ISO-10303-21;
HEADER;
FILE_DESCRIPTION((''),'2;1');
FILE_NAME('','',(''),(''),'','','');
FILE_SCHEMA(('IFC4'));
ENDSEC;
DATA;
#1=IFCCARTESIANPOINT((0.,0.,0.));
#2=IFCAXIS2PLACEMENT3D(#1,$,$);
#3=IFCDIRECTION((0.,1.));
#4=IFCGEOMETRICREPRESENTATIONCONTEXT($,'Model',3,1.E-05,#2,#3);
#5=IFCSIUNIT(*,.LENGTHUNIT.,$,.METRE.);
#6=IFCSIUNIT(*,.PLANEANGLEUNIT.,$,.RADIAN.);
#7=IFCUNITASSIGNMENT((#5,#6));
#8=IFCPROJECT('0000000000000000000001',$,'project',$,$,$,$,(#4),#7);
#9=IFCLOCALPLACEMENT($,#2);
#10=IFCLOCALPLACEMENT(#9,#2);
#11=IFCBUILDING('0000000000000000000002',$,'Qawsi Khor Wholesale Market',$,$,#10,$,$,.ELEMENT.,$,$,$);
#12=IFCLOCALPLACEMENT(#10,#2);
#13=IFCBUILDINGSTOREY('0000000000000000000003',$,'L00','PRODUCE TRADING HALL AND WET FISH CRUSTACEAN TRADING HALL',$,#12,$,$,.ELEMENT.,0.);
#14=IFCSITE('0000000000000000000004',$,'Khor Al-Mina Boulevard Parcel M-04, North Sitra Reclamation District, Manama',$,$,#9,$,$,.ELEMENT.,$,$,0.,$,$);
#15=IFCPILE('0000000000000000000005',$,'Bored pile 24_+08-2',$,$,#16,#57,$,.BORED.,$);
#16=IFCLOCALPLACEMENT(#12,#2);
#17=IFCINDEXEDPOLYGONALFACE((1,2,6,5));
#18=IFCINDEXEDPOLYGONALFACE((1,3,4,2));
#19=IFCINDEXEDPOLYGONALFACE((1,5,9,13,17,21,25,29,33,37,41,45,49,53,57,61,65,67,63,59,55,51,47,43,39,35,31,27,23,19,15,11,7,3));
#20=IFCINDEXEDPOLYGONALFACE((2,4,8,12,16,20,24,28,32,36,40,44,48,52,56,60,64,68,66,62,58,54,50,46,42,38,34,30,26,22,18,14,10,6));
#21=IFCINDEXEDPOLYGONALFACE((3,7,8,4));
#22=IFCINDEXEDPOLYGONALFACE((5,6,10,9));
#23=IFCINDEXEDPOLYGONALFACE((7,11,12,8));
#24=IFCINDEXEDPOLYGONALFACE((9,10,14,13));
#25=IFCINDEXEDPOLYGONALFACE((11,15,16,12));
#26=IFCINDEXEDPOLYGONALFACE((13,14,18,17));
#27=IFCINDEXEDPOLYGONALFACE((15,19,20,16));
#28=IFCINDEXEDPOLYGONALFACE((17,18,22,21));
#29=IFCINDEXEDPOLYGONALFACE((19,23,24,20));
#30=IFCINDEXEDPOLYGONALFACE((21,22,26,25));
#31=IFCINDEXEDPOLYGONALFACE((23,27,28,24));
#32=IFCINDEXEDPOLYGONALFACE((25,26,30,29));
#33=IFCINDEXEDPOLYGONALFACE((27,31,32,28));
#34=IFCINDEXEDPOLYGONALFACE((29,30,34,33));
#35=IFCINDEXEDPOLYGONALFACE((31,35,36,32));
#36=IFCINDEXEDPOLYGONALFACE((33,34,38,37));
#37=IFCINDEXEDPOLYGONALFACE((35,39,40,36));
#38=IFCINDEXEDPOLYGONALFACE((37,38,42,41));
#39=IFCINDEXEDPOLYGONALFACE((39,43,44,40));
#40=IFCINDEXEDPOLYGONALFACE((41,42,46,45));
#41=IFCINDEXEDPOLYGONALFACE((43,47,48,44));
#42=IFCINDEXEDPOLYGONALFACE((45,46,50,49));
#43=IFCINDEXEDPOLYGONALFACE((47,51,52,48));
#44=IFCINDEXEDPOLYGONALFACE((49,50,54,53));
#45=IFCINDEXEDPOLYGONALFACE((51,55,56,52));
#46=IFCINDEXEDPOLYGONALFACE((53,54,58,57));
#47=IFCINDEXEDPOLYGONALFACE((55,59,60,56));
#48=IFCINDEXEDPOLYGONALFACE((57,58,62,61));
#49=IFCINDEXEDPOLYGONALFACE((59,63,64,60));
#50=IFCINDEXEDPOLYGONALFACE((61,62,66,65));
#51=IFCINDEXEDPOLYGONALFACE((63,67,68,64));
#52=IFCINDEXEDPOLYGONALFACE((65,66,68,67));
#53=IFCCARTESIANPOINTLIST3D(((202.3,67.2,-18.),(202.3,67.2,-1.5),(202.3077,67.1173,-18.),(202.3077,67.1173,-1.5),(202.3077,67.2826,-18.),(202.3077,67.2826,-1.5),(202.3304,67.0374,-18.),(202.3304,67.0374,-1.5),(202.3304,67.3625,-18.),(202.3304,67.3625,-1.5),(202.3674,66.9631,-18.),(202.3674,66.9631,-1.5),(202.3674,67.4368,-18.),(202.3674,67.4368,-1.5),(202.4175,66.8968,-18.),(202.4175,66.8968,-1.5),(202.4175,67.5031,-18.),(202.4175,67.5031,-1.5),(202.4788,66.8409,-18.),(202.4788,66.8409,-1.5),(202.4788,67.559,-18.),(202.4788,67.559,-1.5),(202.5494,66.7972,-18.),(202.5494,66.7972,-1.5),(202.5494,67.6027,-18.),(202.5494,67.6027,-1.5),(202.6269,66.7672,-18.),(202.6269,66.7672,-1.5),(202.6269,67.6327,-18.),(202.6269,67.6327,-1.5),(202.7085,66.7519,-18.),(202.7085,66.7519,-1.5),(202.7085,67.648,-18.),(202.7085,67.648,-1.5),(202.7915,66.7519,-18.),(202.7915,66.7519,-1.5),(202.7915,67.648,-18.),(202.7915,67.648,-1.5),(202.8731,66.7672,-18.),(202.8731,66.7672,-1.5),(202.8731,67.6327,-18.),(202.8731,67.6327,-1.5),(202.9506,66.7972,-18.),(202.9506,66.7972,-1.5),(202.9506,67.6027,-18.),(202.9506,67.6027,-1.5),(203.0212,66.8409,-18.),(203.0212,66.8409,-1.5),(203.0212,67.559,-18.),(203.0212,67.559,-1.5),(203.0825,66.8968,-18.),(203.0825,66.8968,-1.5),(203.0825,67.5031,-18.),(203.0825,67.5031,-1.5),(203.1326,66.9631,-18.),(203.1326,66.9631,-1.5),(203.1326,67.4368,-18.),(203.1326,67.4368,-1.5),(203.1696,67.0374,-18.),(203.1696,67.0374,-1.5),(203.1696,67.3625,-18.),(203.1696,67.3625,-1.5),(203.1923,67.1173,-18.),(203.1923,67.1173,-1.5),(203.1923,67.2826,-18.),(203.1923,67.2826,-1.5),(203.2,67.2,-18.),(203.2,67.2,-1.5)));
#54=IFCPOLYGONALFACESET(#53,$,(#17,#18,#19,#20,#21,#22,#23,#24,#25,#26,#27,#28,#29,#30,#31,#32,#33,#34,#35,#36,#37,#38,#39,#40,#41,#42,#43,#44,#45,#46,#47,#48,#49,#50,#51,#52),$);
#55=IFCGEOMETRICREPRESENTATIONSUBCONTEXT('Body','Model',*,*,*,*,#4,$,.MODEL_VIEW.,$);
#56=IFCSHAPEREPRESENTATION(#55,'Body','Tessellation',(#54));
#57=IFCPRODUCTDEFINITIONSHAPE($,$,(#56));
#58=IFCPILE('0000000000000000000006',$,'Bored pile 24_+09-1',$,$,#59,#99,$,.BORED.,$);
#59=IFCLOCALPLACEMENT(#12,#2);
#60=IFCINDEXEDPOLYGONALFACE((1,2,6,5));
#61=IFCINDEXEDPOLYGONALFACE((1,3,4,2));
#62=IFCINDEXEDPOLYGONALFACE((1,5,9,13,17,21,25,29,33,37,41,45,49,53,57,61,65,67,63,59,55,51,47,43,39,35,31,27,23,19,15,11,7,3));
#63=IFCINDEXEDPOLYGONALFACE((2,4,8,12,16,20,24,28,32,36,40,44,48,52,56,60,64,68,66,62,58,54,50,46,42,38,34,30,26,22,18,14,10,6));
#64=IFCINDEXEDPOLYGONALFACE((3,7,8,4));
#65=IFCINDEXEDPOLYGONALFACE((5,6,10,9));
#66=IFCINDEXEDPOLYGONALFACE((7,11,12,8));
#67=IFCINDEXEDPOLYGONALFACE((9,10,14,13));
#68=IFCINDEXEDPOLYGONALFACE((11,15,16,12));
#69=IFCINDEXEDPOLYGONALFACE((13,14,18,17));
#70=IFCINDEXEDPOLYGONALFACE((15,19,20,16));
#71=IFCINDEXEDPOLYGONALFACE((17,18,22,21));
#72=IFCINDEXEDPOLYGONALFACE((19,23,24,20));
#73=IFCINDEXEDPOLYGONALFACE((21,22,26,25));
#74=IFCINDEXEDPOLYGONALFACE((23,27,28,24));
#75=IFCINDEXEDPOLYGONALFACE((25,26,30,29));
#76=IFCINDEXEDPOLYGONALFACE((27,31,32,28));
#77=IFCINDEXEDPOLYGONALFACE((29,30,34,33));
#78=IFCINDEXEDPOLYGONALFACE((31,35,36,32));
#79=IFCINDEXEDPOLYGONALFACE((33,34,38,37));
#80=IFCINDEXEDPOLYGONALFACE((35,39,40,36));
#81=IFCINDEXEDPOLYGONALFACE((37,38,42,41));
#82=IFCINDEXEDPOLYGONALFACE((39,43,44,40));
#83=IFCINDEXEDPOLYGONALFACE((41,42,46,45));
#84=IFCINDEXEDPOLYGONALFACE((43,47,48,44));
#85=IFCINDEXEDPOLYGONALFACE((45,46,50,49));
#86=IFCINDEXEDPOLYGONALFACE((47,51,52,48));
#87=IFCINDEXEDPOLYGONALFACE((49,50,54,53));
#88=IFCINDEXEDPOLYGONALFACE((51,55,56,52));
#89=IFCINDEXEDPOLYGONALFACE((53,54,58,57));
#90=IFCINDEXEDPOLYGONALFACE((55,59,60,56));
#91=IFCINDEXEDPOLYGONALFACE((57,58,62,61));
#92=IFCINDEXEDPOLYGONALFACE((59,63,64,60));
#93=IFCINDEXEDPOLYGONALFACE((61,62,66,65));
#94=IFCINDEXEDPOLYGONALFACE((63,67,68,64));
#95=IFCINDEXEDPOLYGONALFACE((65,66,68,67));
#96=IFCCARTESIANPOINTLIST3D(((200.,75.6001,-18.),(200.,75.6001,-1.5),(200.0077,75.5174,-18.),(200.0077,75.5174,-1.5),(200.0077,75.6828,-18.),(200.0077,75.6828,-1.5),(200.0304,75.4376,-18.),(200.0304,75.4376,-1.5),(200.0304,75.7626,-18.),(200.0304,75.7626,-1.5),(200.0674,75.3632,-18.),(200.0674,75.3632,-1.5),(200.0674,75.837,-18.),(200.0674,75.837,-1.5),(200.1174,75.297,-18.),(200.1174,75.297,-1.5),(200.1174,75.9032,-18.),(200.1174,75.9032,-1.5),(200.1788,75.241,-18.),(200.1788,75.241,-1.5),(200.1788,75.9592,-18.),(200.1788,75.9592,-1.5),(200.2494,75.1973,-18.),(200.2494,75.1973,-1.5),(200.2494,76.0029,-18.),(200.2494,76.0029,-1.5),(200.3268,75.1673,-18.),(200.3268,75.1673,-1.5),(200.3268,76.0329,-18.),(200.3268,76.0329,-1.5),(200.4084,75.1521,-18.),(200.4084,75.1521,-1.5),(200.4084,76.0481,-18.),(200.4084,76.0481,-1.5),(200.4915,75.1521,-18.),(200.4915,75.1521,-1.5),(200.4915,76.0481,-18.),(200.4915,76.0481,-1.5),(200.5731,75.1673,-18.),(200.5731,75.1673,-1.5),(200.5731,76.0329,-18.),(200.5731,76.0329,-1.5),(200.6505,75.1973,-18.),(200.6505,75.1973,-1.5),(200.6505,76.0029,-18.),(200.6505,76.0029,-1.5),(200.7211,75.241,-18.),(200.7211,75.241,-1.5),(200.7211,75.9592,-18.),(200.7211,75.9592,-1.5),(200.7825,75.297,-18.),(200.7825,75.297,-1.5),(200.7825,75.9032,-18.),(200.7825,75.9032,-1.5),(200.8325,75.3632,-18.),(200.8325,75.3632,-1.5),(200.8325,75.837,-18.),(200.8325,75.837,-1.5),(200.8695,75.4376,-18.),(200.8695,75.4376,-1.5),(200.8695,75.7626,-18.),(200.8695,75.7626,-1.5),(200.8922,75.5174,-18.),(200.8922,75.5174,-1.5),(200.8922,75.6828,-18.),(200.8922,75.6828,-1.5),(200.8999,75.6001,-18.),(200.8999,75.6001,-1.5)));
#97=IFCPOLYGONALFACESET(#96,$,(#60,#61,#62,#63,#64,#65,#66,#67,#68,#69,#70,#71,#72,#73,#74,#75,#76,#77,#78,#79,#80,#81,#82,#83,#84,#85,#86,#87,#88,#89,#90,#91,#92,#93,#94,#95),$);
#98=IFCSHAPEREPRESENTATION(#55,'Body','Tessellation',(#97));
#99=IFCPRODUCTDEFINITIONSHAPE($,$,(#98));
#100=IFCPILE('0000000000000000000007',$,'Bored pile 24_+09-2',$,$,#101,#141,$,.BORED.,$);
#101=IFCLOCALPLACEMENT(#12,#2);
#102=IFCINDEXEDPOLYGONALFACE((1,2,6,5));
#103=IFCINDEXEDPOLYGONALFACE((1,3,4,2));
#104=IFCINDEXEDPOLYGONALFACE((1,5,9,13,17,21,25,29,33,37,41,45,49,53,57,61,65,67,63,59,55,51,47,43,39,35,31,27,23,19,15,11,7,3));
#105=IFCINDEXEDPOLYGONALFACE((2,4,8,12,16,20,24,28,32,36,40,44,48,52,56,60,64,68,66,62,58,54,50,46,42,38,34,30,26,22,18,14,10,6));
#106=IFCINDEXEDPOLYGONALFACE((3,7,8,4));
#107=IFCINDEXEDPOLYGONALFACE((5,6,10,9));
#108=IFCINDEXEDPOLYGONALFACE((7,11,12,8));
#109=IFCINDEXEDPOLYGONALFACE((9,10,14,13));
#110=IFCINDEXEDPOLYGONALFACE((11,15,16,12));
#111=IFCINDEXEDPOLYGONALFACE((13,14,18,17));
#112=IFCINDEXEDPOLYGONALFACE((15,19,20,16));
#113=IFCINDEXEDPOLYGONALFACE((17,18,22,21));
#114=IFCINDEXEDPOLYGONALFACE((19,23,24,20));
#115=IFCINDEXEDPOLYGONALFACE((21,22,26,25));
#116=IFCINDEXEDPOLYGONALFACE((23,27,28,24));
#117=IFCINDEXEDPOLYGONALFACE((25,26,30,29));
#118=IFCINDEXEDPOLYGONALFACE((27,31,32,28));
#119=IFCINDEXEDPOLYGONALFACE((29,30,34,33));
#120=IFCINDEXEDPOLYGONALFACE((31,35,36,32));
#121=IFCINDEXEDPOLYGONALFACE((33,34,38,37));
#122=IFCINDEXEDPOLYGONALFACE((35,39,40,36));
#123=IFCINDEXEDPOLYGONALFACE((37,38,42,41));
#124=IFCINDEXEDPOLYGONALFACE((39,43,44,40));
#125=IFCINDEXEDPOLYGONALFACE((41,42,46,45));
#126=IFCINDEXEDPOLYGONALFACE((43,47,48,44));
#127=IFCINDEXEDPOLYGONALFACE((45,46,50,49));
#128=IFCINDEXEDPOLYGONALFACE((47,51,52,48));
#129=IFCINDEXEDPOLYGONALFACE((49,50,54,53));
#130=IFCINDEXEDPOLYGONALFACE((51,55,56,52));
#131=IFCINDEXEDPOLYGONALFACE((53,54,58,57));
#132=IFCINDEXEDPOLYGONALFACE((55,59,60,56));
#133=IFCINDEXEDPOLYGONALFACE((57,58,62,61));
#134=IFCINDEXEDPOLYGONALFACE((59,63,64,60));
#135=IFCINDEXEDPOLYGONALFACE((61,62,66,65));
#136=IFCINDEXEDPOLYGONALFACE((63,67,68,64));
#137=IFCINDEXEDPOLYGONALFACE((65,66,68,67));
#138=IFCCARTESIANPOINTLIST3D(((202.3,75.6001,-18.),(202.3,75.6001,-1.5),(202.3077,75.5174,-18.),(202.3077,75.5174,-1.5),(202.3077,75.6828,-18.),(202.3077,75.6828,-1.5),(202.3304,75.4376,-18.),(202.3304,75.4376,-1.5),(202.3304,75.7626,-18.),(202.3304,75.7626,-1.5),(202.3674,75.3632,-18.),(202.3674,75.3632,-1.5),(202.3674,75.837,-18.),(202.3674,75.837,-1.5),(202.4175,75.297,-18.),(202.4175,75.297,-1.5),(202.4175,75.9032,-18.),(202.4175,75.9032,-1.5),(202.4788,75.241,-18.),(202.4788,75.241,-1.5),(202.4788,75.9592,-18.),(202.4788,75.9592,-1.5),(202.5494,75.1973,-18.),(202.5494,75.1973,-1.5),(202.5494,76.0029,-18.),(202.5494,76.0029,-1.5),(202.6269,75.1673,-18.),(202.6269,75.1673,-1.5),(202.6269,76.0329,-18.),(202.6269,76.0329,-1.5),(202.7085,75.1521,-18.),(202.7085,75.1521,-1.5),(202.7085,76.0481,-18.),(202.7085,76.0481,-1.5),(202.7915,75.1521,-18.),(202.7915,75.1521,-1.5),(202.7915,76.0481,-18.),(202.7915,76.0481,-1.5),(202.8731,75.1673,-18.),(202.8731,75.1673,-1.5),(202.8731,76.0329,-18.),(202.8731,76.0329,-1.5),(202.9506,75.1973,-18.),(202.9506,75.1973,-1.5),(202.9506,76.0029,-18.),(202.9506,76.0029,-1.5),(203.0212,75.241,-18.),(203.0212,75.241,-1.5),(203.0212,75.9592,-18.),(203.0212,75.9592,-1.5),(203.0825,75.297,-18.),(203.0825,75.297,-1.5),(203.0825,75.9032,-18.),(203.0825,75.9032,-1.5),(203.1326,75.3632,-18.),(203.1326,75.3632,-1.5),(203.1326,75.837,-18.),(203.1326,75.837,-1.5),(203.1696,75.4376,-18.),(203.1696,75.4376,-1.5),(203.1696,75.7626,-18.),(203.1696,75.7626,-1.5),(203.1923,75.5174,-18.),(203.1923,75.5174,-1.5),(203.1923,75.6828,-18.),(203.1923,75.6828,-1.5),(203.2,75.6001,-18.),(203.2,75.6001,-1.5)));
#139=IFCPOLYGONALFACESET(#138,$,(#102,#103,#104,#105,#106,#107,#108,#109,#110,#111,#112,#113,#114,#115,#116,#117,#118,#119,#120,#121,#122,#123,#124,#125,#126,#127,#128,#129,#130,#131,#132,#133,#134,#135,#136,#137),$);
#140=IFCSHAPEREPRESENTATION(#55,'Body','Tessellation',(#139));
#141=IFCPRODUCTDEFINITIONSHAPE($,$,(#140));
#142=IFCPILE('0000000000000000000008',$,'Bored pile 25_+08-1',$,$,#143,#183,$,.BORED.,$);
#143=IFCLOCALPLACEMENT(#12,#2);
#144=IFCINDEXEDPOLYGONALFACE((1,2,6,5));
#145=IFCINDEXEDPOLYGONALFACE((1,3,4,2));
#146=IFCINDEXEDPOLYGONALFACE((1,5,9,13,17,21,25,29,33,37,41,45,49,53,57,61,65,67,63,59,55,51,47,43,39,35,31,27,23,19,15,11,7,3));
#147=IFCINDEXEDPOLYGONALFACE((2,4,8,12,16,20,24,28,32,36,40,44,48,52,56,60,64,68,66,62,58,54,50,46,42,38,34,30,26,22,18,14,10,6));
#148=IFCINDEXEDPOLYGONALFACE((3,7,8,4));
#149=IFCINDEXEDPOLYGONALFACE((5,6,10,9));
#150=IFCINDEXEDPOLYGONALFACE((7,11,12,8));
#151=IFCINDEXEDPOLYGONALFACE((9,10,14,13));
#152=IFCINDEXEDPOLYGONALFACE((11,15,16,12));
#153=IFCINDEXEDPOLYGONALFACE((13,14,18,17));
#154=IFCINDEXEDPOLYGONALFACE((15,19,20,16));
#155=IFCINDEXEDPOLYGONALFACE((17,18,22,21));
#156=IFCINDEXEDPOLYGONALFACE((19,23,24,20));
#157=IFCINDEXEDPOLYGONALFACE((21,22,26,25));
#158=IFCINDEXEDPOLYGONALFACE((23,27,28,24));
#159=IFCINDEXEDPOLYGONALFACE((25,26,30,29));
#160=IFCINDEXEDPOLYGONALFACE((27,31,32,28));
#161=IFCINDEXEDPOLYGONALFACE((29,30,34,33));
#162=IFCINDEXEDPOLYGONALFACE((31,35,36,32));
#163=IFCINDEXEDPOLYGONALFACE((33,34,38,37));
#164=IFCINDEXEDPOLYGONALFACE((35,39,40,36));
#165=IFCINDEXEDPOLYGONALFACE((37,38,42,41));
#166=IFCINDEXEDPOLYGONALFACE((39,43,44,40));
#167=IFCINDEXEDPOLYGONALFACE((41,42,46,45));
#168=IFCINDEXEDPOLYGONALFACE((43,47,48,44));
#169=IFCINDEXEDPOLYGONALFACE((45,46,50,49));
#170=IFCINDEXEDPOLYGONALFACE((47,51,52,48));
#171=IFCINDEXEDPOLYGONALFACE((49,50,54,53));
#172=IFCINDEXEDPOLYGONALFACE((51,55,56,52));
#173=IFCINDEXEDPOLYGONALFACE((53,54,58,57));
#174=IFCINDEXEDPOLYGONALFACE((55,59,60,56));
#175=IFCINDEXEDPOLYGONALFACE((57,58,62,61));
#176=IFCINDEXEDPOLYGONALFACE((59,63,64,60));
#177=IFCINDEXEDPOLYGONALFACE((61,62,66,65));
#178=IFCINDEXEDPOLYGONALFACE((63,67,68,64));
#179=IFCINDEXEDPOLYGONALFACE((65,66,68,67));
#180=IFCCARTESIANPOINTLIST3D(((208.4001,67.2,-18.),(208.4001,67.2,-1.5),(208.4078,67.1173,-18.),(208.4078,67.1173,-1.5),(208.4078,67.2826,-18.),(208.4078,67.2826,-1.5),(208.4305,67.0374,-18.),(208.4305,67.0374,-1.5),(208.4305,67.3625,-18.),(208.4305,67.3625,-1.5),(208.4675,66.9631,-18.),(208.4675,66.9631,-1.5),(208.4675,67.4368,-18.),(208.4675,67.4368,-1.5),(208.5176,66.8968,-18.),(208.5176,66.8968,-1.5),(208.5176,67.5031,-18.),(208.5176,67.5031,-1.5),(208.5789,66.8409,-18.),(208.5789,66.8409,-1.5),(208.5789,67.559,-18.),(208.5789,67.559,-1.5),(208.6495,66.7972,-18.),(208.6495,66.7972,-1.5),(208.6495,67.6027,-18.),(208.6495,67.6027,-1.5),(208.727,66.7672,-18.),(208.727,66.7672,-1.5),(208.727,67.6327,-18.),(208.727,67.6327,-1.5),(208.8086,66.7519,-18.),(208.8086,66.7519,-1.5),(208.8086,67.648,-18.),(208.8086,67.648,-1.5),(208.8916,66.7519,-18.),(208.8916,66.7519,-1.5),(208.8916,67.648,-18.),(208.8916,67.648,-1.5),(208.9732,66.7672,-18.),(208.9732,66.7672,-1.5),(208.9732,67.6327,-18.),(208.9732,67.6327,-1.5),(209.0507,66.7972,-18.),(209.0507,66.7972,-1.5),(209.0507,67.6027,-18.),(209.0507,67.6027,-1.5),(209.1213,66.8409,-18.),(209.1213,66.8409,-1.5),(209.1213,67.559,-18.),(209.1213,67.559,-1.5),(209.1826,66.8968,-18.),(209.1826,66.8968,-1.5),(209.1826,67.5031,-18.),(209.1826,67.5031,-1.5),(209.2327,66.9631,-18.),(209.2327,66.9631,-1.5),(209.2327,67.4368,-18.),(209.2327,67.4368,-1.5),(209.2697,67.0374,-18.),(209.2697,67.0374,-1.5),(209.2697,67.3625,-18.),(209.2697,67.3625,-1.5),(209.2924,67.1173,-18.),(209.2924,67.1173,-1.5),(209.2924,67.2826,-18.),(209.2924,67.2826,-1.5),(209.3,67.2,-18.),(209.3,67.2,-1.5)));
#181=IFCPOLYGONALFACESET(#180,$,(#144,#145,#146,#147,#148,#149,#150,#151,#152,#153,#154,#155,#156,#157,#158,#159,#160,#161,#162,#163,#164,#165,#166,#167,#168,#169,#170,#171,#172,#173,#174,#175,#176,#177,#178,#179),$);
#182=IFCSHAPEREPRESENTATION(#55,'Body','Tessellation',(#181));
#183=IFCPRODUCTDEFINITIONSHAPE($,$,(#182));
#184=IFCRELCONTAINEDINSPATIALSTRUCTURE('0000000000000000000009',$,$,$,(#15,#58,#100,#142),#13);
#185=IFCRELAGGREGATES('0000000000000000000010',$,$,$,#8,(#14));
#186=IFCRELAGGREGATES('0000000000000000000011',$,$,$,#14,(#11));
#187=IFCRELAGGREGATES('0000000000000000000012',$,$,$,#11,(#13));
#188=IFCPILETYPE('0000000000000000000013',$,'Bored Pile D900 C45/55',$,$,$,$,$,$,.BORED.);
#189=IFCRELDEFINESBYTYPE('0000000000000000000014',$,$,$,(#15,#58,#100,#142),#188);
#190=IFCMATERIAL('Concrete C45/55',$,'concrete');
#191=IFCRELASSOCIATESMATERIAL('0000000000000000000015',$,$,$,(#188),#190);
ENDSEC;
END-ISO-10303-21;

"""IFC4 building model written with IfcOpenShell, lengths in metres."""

from ifc_helpers import new_model, si_unit, direction, frame, origin, origin_2d, place, context, subcontext, project, spatial, circle, extrude, material, material_profile, profile_set, type_object, element, save


model = new_model("IFC4")

# Units and contexts
model_context = context("Model", 3, precision=1e-05, world=origin(), true_north=direction((0.0, 1.0)))
body_context = subcontext(model_context, "Body", "Model", "MODEL_VIEW")
ifc_project = project(units=[si_unit("LENGTHUNIT", "METRE"), si_unit("PLANEANGLEUNIT", "RADIAN")], contexts=[model_context])

# Site, building, storey
site_placement = place(None, origin())
site = spatial("IfcSite", under=ifc_project, at=site_placement, Name="Khor Al-Mina Boulevard Parcel M-04, North Sitra Reclamation District, Manama", CompositionType="ELEMENT", RefElevation=0.0)
building_placement = place(site_placement, origin())
building = spatial("IfcBuilding", under=site, at=building_placement, Name="Qawsi Khor Wholesale Market", CompositionType="ELEMENT")
storey_placement = place(building_placement, origin())
storey = spatial("IfcBuildingStorey", under=building, at=storey_placement, Name="L00", Description="PRODUCE TRADING HALL AND WET FISH CRUSTACEAN TRADING HALL", CompositionType="ELEMENT", Elevation=0.0)

# Piles
ifc_material_1 = material(Name="Concrete C45/55", Category="concrete")
ifc_material_profile_1 = material_profile(ifc_material_1, circle(Radius=0.45, at=origin_2d()), Name="PILE D900")
ifc_profile_set_1 = profile_set([ifc_material_profile_1], Name="Concrete C45/55")
pile_type = type_object("IfcPileType", Name="Bored Pile D900 C45/55", PredefinedType="BORED", material=ifc_profile_set_1)
for number, where, z_axis, x_axis, name in (
    (1, (202.75, 67.2, -1.5), (0.0, 0.0, -1.0), (1.0, 0.0, 0.0), "Bored pile 24_+08-2"),
    (2, (200.45, 75.6001, -1.5), (0.0, 0.0, -1.0), (1.0, 0.0, 0.0), "Bored pile 24_+09-1"),
    (3, (202.75, 75.6001, -1.5), (0.0, 0.0, -1.0), (1.0, 0.0, 0.0), "Bored pile 24_+09-2"),
    (4, (208.8501, 67.2, -1.5), (0.0, 0.0, -1.0), (1.0, 0.0, 0.0), "Bored pile 25_+08-1"),
):
    element("IfcPile", number, at=place(storey_placement, frame(where, z_axis=z_axis, x_axis=x_axis)), inside=storey, type_object=pile_type, Name=name, PredefinedType="BORED", context=body_context, shape_type="SweptSolid", body=[
        extrude(circle(Radius=0.45, at=origin_2d()), origin(), (0.0, 0.0, 1.0), 16.5),
    ])

save(model, "model.ifc")
